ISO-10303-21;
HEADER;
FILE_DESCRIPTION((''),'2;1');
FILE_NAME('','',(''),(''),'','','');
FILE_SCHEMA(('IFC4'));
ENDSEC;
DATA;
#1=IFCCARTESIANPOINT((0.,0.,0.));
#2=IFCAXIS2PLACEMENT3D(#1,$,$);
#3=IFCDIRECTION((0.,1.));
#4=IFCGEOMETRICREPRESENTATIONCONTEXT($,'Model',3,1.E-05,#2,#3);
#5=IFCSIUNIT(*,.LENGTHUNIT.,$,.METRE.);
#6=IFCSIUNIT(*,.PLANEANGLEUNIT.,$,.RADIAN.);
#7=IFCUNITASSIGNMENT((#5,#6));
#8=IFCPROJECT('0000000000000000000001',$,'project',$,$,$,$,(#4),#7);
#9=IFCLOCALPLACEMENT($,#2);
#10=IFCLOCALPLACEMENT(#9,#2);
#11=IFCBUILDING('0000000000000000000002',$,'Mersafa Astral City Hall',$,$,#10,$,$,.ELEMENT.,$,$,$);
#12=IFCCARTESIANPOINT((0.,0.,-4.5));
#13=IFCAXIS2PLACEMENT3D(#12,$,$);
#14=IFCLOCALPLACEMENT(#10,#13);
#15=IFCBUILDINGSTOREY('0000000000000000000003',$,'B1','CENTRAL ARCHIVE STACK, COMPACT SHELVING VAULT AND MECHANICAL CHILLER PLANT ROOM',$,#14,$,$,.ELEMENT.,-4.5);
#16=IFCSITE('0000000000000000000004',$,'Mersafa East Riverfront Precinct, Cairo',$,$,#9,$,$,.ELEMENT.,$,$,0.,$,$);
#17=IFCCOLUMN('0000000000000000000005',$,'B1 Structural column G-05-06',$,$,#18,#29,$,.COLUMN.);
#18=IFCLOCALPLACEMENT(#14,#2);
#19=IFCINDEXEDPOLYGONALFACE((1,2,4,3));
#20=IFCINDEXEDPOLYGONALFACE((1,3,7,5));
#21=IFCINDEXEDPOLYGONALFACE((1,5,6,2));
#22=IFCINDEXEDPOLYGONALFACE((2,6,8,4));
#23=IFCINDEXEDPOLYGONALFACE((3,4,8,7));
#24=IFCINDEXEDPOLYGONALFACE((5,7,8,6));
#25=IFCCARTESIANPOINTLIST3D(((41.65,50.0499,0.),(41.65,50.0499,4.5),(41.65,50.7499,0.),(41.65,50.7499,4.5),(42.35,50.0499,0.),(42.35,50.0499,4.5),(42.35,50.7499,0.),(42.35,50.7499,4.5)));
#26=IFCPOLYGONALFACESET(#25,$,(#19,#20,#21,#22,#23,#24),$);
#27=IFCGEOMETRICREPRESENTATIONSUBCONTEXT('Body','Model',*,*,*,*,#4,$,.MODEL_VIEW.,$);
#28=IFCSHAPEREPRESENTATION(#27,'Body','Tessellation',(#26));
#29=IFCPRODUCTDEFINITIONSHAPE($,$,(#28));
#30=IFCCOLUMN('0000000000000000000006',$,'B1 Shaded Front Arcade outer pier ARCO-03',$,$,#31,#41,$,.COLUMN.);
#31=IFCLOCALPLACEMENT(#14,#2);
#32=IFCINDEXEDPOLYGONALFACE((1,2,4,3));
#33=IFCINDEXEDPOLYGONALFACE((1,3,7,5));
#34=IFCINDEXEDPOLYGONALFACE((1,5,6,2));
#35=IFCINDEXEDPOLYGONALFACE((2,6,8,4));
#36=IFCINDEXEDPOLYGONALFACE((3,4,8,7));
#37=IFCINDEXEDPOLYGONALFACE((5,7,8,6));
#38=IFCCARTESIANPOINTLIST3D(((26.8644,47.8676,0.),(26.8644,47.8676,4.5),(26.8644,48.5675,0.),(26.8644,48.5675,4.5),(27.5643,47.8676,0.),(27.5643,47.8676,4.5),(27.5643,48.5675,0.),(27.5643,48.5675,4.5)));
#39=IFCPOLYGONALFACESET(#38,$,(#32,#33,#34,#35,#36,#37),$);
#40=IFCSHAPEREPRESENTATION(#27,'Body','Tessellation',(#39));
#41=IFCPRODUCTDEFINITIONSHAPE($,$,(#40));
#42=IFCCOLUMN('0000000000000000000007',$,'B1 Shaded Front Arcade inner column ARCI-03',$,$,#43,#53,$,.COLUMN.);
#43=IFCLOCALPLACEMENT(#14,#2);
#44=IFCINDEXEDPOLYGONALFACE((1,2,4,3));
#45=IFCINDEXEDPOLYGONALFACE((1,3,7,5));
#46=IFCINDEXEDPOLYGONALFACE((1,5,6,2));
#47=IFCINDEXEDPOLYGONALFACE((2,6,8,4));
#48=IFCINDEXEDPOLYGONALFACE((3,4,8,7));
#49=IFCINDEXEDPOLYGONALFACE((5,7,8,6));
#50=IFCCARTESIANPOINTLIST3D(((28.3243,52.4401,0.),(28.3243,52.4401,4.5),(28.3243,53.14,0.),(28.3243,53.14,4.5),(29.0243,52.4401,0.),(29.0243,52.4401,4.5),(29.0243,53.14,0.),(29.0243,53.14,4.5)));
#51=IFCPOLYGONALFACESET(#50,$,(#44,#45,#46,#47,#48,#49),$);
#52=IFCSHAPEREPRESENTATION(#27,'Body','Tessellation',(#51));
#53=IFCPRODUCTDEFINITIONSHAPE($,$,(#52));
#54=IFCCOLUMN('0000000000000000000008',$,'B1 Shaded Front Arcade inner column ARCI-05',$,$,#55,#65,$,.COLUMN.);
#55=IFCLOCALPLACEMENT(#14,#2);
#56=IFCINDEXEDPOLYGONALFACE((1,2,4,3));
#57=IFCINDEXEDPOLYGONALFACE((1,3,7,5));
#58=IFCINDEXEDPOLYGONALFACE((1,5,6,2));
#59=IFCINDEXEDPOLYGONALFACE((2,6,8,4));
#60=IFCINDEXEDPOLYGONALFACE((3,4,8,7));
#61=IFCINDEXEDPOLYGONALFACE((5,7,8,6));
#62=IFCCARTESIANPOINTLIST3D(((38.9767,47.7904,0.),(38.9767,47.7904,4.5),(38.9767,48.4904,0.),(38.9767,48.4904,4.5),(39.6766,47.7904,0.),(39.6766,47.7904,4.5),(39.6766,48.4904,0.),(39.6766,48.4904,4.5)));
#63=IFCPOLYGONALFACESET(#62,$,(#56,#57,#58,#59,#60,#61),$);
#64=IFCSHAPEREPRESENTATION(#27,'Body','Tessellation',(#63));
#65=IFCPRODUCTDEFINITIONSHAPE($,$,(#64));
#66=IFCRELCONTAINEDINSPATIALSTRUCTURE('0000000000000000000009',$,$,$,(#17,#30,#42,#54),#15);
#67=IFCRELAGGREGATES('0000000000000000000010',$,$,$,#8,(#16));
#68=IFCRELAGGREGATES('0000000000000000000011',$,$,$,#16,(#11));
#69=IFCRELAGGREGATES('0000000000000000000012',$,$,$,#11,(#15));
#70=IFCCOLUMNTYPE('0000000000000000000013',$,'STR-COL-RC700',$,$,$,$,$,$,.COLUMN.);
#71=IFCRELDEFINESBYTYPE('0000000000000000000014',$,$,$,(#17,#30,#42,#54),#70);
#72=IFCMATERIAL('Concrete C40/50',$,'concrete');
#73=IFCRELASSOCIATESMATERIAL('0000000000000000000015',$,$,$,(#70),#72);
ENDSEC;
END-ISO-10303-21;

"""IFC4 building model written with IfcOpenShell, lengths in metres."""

from ifc_helpers import new_model, si_unit, direction, frame, origin, origin_2d, place, context, subcontext, project, spatial, rectangle, extrude, material, material_profile, profile_set, type_object, element, save


model = new_model("IFC4")

# Units and contexts
model_context = context("Model", 3, precision=1e-05, world=origin(), true_north=direction((0.0, 1.0)))
body_context = subcontext(model_context, "Body", "Model", "MODEL_VIEW")
ifc_project = project(units=[si_unit("LENGTHUNIT", "METRE"), si_unit("PLANEANGLEUNIT", "RADIAN")], contexts=[model_context])

# Site, building, storey
site_placement = place(None, origin())
site = spatial("IfcSite", under=ifc_project, at=site_placement, Name="Mersafa East Riverfront Precinct, Cairo", CompositionType="ELEMENT", RefElevation=0.0)
building_placement = place(site_placement, origin())
building = spatial("IfcBuilding", under=site, at=building_placement, Name="Mersafa Astral City Hall", CompositionType="ELEMENT")
storey_placement = place(building_placement, frame((0.0, 0.0, -4.5)))
storey = spatial("IfcBuildingStorey", under=building, at=storey_placement, Name="B1", Description="CENTRAL ARCHIVE STACK, COMPACT SHELVING VAULT AND MECHANICAL CHILLER PLANT ROOM", CompositionType="ELEMENT", Elevation=-4.5)

# Shared definitions
ifc_material = material(Name="Concrete C40/50", Category="concrete")

# Columns
ifc_material_profile_1 = material_profile(ifc_material, rectangle(XDim=0.7, YDim=0.7, at=origin_2d()), Name="RC 700x700")
ifc_profile_set_1 = profile_set([ifc_material_profile_1], Name="Concrete C40/50")
column_type = type_object("IfcColumnType", Name="STR-COL-RC700", PredefinedType="COLUMN", material=ifc_profile_set_1)
for number, where, z_axis, x_axis, name in (
    (1, (42.0, 50.3999, 0.0), (0.0, 0.0, 1.0), (1.0, 0.0, 0.0), "B1 Structural column G-05-06"),
    (2, (27.2144, 48.2175, 0.0), (0.0, 0.0, 1.0), (1.0, 0.0, 0.0), "B1 Shaded Front Arcade outer pier ARCO-03"),
    (3, (28.6743, 52.79, 0.0), (0.0, 0.0, 1.0), (1.0, 0.0, 0.0), "B1 Shaded Front Arcade inner column ARCI-03"),
    (4, (39.3267, 48.1404, 0.0), (0.0, 0.0, 1.0), (1.0, 0.0, 0.0), "B1 Shaded Front Arcade inner column ARCI-05"),
):
    element("IfcColumn", number, at=place(storey_placement, frame(where, z_axis=z_axis, x_axis=x_axis)), inside=storey, type_object=column_type, Name=name, PredefinedType="COLUMN", context=body_context, shape_type="SweptSolid", body=[
        extrude(rectangle(XDim=0.7, YDim=0.7, at=origin_2d()), origin(), (0.0, 0.0, 1.0), 4.5),
    ])

save(model, "model.ifc")
